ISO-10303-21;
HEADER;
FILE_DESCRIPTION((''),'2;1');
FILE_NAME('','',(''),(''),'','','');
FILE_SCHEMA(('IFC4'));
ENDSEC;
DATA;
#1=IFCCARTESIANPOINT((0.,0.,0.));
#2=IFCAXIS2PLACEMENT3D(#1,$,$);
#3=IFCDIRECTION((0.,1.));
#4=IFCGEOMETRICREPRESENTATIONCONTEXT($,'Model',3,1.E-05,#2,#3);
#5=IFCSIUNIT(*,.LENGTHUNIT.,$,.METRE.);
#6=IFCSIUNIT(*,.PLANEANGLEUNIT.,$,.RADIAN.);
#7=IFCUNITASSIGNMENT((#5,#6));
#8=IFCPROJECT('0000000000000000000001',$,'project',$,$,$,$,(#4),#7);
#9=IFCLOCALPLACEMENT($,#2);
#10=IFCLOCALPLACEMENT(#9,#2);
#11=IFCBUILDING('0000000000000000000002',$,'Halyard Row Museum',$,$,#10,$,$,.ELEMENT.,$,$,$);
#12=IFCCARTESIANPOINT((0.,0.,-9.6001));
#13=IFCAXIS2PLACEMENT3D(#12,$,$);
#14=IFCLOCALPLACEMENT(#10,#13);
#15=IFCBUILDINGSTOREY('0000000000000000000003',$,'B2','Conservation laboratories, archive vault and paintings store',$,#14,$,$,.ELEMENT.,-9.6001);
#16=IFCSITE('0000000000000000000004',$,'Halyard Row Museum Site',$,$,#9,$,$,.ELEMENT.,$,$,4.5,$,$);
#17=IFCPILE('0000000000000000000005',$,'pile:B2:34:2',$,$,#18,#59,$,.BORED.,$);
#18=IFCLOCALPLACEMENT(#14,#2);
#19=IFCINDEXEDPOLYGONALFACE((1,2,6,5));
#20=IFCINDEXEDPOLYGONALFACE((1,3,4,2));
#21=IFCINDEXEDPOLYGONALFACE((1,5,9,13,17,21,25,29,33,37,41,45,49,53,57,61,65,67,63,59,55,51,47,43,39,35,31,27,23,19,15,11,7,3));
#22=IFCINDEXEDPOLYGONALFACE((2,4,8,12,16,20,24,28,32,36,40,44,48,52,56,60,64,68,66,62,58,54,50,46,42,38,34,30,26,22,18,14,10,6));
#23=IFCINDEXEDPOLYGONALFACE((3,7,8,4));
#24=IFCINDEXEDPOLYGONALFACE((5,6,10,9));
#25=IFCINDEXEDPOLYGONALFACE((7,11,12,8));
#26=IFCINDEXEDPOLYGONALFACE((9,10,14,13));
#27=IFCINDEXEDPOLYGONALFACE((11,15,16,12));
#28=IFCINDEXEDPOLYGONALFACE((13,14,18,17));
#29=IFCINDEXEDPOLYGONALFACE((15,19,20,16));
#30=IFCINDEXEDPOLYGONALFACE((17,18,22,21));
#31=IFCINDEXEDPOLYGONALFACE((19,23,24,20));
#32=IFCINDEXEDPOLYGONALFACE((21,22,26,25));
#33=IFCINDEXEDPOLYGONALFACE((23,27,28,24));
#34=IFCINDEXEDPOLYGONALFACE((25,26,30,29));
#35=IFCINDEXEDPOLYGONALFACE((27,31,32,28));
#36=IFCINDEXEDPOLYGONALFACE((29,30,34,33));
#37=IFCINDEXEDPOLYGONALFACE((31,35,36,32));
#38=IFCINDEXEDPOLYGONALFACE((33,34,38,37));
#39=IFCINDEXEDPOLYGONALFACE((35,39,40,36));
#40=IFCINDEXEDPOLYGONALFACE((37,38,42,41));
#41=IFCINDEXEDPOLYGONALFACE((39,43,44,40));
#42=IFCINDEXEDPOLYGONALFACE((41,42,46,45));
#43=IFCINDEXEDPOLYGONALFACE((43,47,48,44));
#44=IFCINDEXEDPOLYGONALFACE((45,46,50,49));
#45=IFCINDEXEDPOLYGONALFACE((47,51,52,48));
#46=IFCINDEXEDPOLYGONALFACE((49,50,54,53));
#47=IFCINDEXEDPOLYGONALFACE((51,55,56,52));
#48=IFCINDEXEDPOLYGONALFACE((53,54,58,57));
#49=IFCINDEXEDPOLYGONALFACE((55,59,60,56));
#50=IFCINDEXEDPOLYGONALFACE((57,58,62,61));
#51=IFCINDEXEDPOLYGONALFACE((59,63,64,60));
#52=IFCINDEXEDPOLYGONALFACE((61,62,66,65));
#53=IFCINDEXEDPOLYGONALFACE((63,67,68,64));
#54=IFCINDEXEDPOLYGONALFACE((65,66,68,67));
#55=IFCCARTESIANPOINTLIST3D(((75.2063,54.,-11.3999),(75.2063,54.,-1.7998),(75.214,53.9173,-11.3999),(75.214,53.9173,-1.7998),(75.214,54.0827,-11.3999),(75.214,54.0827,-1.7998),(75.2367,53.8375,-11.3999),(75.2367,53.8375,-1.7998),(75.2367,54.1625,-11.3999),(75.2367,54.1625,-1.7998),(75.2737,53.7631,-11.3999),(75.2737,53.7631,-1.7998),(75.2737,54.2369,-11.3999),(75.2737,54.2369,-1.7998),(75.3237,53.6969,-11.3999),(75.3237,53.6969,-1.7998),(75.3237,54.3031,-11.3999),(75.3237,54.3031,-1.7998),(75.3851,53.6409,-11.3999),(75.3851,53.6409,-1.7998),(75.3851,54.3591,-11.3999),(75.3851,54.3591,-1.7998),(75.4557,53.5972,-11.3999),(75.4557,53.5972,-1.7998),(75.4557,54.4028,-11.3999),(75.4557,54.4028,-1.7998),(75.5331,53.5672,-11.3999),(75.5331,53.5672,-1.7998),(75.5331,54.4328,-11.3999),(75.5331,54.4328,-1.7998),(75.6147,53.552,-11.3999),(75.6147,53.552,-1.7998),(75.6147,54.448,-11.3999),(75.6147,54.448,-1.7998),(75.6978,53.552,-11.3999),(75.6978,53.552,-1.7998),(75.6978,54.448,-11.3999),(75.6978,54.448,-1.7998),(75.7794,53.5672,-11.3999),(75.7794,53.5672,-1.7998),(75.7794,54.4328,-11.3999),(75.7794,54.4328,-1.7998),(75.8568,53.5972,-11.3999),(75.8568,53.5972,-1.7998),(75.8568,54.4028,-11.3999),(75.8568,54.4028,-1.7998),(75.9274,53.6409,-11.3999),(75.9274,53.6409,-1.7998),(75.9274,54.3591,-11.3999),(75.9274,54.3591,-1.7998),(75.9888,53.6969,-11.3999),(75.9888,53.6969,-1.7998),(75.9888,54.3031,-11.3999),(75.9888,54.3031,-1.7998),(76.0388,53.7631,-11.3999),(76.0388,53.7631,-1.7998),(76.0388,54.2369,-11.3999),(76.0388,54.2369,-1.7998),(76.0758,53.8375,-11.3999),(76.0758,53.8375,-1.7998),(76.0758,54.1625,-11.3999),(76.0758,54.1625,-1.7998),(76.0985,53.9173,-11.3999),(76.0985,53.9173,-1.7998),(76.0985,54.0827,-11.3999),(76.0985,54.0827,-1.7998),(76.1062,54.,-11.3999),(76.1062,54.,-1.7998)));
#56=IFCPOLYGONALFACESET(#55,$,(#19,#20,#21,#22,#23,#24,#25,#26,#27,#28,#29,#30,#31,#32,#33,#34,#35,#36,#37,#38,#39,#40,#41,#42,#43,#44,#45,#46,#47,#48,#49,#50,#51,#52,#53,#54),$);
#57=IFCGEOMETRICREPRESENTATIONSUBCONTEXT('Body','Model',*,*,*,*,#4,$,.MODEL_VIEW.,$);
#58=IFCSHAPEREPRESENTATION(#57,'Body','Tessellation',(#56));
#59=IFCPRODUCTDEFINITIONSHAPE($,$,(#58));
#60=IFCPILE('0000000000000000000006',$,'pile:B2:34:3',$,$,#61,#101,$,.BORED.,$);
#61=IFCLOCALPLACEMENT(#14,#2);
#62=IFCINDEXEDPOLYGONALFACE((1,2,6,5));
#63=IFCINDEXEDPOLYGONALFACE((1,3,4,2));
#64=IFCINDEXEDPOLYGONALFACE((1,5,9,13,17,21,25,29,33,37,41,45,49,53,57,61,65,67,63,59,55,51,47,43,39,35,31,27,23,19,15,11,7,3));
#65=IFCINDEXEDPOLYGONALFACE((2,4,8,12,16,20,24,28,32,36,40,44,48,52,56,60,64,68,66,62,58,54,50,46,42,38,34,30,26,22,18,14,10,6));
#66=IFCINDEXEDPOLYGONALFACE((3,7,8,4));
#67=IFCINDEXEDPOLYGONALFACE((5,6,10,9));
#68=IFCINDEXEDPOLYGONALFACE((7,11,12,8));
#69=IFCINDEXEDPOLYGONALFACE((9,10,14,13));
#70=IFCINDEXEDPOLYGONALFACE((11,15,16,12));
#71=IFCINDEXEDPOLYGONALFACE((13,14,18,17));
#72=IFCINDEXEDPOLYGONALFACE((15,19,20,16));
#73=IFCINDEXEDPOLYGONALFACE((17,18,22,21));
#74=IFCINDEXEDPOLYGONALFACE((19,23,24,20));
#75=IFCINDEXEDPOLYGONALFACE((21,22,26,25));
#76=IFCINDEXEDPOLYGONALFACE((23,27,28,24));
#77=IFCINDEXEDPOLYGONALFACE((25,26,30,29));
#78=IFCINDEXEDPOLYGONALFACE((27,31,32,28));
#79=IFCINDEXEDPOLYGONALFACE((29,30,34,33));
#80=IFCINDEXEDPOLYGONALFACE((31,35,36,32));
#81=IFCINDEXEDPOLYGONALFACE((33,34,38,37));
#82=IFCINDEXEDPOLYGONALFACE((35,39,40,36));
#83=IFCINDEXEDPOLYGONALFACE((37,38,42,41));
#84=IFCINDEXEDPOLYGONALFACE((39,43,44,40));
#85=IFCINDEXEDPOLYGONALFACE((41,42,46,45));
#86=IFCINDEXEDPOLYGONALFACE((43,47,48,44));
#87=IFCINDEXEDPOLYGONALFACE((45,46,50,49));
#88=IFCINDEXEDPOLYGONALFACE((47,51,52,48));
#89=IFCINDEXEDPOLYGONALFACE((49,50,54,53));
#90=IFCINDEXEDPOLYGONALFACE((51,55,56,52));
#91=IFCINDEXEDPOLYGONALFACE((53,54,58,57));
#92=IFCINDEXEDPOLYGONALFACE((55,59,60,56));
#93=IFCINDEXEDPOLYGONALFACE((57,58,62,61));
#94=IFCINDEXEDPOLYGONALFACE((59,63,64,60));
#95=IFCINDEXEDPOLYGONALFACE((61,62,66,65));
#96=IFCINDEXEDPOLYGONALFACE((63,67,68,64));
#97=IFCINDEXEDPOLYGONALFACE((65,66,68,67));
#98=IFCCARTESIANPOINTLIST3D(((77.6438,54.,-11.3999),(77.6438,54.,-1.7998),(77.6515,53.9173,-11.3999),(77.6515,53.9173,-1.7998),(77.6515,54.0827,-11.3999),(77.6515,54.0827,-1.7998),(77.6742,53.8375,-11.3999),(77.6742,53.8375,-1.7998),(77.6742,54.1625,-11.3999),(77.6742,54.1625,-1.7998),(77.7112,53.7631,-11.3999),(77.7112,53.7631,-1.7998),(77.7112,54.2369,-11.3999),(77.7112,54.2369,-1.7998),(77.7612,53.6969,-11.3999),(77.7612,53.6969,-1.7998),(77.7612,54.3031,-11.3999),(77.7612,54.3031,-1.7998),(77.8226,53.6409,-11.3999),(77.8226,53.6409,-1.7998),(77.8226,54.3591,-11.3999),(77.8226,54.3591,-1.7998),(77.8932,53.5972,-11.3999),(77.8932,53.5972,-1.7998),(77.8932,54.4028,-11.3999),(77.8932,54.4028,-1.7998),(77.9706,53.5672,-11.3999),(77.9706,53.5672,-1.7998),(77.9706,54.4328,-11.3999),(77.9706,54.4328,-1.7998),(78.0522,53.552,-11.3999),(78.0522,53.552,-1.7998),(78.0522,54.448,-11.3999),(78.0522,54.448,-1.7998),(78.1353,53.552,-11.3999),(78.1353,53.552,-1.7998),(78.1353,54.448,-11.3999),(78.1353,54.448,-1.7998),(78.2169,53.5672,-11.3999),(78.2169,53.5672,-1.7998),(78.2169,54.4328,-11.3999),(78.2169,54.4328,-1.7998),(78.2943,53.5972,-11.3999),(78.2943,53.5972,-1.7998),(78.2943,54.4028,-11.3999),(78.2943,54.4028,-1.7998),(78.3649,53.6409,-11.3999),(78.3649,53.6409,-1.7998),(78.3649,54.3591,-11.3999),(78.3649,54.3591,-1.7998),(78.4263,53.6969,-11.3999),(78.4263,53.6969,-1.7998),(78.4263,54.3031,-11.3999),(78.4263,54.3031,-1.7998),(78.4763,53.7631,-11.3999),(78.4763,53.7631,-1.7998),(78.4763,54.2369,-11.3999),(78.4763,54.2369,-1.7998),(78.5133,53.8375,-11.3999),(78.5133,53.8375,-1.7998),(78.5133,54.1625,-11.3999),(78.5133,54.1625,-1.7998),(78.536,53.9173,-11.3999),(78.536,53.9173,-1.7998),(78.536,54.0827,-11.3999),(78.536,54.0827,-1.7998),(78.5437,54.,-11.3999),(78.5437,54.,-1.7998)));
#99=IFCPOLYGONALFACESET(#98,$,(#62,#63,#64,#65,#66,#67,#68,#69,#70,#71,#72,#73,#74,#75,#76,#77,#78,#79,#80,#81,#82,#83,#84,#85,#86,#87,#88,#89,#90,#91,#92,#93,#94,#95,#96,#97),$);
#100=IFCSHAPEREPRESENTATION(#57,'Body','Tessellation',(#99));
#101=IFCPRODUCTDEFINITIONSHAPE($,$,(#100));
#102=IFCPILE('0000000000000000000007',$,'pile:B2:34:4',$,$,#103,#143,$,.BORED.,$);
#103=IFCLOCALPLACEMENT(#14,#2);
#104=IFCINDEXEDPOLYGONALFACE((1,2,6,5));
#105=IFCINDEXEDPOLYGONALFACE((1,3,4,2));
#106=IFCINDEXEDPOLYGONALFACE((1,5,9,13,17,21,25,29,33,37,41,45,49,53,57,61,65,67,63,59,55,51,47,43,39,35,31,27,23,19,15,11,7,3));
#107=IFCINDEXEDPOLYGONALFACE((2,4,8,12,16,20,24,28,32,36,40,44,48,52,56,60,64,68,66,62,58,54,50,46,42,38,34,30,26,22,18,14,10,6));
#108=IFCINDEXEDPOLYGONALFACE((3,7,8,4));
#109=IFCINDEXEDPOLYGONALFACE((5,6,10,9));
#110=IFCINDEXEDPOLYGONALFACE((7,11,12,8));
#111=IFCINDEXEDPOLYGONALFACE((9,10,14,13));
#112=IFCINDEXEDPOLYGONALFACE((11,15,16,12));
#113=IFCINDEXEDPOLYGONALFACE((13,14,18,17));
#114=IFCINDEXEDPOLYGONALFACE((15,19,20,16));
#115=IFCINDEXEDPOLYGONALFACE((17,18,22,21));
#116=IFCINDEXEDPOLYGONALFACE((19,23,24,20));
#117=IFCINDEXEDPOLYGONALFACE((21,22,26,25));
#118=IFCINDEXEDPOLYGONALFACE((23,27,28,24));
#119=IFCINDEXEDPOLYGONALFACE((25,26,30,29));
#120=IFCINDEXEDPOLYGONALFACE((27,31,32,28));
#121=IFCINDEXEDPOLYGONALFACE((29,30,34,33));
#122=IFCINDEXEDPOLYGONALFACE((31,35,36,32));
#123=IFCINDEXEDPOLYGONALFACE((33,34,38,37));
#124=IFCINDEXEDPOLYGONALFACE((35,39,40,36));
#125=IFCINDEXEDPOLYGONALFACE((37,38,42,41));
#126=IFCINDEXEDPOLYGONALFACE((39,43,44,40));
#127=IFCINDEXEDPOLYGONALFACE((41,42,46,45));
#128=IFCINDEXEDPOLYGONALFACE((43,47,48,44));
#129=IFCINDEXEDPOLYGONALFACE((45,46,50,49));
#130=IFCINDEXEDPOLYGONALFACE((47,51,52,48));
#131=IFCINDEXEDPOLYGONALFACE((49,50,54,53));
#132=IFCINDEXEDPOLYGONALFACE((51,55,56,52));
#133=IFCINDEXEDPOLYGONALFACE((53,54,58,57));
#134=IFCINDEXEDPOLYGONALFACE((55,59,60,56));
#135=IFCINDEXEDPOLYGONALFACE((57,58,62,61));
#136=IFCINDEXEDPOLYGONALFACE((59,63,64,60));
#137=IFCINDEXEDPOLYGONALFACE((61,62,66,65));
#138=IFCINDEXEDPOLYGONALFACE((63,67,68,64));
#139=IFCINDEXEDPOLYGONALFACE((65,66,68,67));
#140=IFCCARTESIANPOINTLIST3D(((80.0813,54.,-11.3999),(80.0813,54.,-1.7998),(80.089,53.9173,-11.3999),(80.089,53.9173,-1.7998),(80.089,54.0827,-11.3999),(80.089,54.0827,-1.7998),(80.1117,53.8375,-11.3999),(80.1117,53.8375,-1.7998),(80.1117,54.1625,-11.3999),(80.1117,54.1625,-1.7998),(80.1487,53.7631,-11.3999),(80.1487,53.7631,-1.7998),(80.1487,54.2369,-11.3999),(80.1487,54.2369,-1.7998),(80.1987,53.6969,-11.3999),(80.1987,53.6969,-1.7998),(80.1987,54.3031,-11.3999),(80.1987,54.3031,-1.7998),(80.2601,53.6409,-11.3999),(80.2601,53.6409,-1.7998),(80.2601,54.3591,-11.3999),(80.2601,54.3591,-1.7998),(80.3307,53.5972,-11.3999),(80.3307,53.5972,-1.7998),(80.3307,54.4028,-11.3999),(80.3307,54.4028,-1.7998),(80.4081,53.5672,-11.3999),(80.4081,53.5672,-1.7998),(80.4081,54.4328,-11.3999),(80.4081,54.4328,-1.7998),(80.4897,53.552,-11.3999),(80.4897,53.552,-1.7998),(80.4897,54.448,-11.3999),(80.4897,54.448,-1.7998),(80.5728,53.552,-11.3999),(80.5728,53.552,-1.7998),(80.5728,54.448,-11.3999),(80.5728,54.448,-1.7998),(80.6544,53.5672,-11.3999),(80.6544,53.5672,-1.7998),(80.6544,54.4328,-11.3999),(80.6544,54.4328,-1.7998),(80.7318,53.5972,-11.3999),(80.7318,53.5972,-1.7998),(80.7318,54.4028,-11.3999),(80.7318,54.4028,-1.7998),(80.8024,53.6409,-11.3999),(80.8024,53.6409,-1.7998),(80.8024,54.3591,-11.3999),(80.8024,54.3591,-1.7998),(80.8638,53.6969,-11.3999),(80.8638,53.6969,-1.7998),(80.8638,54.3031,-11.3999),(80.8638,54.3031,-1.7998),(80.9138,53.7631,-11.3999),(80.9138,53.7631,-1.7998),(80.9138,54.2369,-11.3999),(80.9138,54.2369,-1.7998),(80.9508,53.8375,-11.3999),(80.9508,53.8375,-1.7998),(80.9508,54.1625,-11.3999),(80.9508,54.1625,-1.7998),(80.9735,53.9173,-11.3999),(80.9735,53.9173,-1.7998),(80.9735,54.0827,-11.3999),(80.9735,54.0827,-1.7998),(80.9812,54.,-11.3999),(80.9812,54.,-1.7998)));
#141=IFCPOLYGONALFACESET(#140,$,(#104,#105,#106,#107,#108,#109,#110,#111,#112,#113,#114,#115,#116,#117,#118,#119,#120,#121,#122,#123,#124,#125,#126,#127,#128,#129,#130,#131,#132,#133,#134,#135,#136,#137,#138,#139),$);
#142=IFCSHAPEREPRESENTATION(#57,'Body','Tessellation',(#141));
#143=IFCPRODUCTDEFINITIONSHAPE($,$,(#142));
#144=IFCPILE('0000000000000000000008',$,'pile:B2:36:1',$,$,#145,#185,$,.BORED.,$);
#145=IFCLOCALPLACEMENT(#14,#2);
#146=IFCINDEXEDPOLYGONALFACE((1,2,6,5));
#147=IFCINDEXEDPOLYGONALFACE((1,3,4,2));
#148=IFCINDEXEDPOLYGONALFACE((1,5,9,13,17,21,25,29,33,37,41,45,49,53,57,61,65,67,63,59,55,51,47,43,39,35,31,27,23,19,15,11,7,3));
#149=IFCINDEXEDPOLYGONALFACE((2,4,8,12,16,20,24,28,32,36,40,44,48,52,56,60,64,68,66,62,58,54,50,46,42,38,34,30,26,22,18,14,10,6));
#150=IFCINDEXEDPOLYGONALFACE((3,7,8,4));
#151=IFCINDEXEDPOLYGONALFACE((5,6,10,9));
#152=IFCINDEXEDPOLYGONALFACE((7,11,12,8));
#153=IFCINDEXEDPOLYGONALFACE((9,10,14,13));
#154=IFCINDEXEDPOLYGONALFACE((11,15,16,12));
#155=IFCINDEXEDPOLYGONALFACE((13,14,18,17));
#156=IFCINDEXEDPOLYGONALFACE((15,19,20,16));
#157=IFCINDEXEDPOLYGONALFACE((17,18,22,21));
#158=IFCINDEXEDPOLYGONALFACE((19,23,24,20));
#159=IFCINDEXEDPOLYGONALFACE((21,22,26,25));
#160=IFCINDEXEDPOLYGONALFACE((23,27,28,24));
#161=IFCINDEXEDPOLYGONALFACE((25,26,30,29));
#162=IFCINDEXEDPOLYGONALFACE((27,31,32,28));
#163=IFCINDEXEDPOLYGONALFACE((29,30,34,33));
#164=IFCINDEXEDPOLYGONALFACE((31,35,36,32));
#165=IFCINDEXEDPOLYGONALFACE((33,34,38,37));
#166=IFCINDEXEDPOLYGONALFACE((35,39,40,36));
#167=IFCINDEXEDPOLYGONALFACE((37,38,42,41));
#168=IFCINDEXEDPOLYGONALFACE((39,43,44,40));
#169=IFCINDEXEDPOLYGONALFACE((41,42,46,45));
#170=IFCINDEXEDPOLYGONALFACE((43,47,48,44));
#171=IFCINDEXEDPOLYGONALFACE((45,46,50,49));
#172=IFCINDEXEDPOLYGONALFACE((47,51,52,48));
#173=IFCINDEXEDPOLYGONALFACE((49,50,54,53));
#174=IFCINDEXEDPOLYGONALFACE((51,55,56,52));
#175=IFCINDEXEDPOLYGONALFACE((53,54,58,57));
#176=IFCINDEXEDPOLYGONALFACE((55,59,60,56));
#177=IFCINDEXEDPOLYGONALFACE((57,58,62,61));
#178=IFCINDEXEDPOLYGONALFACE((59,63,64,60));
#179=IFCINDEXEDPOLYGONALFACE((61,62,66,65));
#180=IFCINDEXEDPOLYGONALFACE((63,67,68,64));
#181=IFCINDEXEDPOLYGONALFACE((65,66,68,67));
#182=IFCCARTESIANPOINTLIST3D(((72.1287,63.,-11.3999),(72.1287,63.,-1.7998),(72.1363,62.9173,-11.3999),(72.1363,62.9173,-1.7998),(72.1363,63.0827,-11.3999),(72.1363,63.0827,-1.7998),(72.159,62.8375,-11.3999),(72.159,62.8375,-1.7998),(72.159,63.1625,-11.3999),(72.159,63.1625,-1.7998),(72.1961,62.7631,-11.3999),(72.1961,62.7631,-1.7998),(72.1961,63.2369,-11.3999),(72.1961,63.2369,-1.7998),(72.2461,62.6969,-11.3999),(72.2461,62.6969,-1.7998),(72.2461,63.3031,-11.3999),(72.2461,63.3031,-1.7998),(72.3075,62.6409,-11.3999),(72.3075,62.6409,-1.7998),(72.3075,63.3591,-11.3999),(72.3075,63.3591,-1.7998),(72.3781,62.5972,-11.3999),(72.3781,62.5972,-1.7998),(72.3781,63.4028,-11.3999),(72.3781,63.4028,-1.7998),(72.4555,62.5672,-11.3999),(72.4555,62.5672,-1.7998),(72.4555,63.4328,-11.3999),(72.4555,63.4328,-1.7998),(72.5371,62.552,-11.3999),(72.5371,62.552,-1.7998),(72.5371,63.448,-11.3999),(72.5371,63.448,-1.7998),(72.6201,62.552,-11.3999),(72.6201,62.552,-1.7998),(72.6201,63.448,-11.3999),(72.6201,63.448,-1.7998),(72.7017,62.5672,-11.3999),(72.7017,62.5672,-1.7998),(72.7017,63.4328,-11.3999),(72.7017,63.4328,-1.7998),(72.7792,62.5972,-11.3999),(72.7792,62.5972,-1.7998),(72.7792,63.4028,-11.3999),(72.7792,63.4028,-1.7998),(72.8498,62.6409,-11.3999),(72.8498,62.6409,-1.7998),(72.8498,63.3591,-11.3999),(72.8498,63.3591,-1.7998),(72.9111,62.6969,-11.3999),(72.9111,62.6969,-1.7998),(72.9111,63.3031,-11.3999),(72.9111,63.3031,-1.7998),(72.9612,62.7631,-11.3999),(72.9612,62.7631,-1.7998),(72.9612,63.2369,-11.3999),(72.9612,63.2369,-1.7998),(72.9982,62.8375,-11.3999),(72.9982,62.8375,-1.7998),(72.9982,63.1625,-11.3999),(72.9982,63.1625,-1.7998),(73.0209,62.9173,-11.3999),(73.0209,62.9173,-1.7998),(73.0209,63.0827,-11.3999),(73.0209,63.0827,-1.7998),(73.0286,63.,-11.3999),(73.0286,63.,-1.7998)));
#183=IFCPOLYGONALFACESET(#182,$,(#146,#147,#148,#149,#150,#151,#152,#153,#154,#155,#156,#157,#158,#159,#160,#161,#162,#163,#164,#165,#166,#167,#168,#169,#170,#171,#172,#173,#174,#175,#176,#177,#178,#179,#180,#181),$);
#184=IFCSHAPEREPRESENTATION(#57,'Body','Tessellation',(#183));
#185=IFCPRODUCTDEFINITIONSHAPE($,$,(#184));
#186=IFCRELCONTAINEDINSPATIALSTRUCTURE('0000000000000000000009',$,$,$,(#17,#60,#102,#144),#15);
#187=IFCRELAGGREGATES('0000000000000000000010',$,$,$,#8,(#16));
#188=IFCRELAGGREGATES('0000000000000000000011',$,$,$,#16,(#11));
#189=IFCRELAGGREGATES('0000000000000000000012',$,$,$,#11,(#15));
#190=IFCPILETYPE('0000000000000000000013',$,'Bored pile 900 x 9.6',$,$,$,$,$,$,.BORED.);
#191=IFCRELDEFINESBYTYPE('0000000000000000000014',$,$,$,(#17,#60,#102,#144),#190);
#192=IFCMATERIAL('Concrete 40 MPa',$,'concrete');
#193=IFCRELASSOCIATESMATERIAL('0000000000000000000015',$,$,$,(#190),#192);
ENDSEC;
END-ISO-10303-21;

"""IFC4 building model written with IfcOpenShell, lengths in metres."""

from ifc_helpers import new_model, si_unit, direction, frame, origin, origin_2d, place, context, subcontext, project, spatial, circle, extrude, material, material_profile, profile_set, type_object, element, save


model = new_model("IFC4")

# Units and contexts
model_context = context("Model", 3, precision=1e-05, world=origin(), true_north=direction((0.0, 1.0)))
body_context = subcontext(model_context, "Body", "Model", "MODEL_VIEW")
ifc_project = project(units=[si_unit("LENGTHUNIT", "METRE"), si_unit("PLANEANGLEUNIT", "RADIAN")], contexts=[model_context])

# Site, building, storey
site_placement = place(None, origin())
site = spatial("IfcSite", under=ifc_project, at=site_placement, Name="Halyard Row Museum Site", CompositionType="ELEMENT", RefElevation=4.5)
building_placement = place(site_placement, origin())
building = spatial("IfcBuilding", under=site, at=building_placement, Name="Halyard Row Museum", CompositionType="ELEMENT")
storey_placement = place(building_placement, frame((0.0, 0.0, -9.6001)))
storey = spatial("IfcBuildingStorey", under=building, at=storey_placement, Name="B2", Description="Conservation laboratories, archive vault and paintings store", CompositionType="ELEMENT", Elevation=-9.6001)

# Piles
ifc_material_1 = material(Name="Concrete 40 MPa", Category="concrete")
ifc_material_profile_1 = material_profile(ifc_material_1, circle(Radius=0.45, at=origin_2d()), Name="Bored pile 900 x 9.6")
ifc_profile_set_1 = profile_set([ifc_material_profile_1], Name="Concrete 40 MPa")
pile_type_1 = type_object("IfcPileType", Name="Bored pile 900 x 9.6", PredefinedType="BORED", material=ifc_profile_set_1)
for number, where, z_axis, x_axis, name in (
    (1, (75.6562, 54.0, -1.7998), (0.0, 0.0, -1.0), (1.0, 0.0, 0.0), "pile:B2:34:2"),
    (2, (78.0938, 54.0, -1.7998), (0.0, 0.0, -1.0), (1.0, 0.0, 0.0), "pile:B2:34:3"),
    (3, (80.5312, 54.0, -1.7998), (0.0, 0.0, -1.0), (1.0, 0.0, 0.0), "pile:B2:34:4"),
    (4, (72.5786, 63.0, -1.7998), (0.0, 0.0, -1.0), (1.0, 0.0, 0.0), "pile:B2:36:1"),
):
    element("IfcPile", number, at=place(storey_placement, frame(where, z_axis=z_axis, x_axis=x_axis)), inside=storey, type_object=pile_type_1, Name=name, PredefinedType="BORED", context=body_context, shape_type="SweptSolid", body=[
        extrude(circle(Radius=0.45, at=origin_2d()), origin(), (0.0, 0.0, 1.0), 9.6001),
    ])

save(model, "model.ifc")
